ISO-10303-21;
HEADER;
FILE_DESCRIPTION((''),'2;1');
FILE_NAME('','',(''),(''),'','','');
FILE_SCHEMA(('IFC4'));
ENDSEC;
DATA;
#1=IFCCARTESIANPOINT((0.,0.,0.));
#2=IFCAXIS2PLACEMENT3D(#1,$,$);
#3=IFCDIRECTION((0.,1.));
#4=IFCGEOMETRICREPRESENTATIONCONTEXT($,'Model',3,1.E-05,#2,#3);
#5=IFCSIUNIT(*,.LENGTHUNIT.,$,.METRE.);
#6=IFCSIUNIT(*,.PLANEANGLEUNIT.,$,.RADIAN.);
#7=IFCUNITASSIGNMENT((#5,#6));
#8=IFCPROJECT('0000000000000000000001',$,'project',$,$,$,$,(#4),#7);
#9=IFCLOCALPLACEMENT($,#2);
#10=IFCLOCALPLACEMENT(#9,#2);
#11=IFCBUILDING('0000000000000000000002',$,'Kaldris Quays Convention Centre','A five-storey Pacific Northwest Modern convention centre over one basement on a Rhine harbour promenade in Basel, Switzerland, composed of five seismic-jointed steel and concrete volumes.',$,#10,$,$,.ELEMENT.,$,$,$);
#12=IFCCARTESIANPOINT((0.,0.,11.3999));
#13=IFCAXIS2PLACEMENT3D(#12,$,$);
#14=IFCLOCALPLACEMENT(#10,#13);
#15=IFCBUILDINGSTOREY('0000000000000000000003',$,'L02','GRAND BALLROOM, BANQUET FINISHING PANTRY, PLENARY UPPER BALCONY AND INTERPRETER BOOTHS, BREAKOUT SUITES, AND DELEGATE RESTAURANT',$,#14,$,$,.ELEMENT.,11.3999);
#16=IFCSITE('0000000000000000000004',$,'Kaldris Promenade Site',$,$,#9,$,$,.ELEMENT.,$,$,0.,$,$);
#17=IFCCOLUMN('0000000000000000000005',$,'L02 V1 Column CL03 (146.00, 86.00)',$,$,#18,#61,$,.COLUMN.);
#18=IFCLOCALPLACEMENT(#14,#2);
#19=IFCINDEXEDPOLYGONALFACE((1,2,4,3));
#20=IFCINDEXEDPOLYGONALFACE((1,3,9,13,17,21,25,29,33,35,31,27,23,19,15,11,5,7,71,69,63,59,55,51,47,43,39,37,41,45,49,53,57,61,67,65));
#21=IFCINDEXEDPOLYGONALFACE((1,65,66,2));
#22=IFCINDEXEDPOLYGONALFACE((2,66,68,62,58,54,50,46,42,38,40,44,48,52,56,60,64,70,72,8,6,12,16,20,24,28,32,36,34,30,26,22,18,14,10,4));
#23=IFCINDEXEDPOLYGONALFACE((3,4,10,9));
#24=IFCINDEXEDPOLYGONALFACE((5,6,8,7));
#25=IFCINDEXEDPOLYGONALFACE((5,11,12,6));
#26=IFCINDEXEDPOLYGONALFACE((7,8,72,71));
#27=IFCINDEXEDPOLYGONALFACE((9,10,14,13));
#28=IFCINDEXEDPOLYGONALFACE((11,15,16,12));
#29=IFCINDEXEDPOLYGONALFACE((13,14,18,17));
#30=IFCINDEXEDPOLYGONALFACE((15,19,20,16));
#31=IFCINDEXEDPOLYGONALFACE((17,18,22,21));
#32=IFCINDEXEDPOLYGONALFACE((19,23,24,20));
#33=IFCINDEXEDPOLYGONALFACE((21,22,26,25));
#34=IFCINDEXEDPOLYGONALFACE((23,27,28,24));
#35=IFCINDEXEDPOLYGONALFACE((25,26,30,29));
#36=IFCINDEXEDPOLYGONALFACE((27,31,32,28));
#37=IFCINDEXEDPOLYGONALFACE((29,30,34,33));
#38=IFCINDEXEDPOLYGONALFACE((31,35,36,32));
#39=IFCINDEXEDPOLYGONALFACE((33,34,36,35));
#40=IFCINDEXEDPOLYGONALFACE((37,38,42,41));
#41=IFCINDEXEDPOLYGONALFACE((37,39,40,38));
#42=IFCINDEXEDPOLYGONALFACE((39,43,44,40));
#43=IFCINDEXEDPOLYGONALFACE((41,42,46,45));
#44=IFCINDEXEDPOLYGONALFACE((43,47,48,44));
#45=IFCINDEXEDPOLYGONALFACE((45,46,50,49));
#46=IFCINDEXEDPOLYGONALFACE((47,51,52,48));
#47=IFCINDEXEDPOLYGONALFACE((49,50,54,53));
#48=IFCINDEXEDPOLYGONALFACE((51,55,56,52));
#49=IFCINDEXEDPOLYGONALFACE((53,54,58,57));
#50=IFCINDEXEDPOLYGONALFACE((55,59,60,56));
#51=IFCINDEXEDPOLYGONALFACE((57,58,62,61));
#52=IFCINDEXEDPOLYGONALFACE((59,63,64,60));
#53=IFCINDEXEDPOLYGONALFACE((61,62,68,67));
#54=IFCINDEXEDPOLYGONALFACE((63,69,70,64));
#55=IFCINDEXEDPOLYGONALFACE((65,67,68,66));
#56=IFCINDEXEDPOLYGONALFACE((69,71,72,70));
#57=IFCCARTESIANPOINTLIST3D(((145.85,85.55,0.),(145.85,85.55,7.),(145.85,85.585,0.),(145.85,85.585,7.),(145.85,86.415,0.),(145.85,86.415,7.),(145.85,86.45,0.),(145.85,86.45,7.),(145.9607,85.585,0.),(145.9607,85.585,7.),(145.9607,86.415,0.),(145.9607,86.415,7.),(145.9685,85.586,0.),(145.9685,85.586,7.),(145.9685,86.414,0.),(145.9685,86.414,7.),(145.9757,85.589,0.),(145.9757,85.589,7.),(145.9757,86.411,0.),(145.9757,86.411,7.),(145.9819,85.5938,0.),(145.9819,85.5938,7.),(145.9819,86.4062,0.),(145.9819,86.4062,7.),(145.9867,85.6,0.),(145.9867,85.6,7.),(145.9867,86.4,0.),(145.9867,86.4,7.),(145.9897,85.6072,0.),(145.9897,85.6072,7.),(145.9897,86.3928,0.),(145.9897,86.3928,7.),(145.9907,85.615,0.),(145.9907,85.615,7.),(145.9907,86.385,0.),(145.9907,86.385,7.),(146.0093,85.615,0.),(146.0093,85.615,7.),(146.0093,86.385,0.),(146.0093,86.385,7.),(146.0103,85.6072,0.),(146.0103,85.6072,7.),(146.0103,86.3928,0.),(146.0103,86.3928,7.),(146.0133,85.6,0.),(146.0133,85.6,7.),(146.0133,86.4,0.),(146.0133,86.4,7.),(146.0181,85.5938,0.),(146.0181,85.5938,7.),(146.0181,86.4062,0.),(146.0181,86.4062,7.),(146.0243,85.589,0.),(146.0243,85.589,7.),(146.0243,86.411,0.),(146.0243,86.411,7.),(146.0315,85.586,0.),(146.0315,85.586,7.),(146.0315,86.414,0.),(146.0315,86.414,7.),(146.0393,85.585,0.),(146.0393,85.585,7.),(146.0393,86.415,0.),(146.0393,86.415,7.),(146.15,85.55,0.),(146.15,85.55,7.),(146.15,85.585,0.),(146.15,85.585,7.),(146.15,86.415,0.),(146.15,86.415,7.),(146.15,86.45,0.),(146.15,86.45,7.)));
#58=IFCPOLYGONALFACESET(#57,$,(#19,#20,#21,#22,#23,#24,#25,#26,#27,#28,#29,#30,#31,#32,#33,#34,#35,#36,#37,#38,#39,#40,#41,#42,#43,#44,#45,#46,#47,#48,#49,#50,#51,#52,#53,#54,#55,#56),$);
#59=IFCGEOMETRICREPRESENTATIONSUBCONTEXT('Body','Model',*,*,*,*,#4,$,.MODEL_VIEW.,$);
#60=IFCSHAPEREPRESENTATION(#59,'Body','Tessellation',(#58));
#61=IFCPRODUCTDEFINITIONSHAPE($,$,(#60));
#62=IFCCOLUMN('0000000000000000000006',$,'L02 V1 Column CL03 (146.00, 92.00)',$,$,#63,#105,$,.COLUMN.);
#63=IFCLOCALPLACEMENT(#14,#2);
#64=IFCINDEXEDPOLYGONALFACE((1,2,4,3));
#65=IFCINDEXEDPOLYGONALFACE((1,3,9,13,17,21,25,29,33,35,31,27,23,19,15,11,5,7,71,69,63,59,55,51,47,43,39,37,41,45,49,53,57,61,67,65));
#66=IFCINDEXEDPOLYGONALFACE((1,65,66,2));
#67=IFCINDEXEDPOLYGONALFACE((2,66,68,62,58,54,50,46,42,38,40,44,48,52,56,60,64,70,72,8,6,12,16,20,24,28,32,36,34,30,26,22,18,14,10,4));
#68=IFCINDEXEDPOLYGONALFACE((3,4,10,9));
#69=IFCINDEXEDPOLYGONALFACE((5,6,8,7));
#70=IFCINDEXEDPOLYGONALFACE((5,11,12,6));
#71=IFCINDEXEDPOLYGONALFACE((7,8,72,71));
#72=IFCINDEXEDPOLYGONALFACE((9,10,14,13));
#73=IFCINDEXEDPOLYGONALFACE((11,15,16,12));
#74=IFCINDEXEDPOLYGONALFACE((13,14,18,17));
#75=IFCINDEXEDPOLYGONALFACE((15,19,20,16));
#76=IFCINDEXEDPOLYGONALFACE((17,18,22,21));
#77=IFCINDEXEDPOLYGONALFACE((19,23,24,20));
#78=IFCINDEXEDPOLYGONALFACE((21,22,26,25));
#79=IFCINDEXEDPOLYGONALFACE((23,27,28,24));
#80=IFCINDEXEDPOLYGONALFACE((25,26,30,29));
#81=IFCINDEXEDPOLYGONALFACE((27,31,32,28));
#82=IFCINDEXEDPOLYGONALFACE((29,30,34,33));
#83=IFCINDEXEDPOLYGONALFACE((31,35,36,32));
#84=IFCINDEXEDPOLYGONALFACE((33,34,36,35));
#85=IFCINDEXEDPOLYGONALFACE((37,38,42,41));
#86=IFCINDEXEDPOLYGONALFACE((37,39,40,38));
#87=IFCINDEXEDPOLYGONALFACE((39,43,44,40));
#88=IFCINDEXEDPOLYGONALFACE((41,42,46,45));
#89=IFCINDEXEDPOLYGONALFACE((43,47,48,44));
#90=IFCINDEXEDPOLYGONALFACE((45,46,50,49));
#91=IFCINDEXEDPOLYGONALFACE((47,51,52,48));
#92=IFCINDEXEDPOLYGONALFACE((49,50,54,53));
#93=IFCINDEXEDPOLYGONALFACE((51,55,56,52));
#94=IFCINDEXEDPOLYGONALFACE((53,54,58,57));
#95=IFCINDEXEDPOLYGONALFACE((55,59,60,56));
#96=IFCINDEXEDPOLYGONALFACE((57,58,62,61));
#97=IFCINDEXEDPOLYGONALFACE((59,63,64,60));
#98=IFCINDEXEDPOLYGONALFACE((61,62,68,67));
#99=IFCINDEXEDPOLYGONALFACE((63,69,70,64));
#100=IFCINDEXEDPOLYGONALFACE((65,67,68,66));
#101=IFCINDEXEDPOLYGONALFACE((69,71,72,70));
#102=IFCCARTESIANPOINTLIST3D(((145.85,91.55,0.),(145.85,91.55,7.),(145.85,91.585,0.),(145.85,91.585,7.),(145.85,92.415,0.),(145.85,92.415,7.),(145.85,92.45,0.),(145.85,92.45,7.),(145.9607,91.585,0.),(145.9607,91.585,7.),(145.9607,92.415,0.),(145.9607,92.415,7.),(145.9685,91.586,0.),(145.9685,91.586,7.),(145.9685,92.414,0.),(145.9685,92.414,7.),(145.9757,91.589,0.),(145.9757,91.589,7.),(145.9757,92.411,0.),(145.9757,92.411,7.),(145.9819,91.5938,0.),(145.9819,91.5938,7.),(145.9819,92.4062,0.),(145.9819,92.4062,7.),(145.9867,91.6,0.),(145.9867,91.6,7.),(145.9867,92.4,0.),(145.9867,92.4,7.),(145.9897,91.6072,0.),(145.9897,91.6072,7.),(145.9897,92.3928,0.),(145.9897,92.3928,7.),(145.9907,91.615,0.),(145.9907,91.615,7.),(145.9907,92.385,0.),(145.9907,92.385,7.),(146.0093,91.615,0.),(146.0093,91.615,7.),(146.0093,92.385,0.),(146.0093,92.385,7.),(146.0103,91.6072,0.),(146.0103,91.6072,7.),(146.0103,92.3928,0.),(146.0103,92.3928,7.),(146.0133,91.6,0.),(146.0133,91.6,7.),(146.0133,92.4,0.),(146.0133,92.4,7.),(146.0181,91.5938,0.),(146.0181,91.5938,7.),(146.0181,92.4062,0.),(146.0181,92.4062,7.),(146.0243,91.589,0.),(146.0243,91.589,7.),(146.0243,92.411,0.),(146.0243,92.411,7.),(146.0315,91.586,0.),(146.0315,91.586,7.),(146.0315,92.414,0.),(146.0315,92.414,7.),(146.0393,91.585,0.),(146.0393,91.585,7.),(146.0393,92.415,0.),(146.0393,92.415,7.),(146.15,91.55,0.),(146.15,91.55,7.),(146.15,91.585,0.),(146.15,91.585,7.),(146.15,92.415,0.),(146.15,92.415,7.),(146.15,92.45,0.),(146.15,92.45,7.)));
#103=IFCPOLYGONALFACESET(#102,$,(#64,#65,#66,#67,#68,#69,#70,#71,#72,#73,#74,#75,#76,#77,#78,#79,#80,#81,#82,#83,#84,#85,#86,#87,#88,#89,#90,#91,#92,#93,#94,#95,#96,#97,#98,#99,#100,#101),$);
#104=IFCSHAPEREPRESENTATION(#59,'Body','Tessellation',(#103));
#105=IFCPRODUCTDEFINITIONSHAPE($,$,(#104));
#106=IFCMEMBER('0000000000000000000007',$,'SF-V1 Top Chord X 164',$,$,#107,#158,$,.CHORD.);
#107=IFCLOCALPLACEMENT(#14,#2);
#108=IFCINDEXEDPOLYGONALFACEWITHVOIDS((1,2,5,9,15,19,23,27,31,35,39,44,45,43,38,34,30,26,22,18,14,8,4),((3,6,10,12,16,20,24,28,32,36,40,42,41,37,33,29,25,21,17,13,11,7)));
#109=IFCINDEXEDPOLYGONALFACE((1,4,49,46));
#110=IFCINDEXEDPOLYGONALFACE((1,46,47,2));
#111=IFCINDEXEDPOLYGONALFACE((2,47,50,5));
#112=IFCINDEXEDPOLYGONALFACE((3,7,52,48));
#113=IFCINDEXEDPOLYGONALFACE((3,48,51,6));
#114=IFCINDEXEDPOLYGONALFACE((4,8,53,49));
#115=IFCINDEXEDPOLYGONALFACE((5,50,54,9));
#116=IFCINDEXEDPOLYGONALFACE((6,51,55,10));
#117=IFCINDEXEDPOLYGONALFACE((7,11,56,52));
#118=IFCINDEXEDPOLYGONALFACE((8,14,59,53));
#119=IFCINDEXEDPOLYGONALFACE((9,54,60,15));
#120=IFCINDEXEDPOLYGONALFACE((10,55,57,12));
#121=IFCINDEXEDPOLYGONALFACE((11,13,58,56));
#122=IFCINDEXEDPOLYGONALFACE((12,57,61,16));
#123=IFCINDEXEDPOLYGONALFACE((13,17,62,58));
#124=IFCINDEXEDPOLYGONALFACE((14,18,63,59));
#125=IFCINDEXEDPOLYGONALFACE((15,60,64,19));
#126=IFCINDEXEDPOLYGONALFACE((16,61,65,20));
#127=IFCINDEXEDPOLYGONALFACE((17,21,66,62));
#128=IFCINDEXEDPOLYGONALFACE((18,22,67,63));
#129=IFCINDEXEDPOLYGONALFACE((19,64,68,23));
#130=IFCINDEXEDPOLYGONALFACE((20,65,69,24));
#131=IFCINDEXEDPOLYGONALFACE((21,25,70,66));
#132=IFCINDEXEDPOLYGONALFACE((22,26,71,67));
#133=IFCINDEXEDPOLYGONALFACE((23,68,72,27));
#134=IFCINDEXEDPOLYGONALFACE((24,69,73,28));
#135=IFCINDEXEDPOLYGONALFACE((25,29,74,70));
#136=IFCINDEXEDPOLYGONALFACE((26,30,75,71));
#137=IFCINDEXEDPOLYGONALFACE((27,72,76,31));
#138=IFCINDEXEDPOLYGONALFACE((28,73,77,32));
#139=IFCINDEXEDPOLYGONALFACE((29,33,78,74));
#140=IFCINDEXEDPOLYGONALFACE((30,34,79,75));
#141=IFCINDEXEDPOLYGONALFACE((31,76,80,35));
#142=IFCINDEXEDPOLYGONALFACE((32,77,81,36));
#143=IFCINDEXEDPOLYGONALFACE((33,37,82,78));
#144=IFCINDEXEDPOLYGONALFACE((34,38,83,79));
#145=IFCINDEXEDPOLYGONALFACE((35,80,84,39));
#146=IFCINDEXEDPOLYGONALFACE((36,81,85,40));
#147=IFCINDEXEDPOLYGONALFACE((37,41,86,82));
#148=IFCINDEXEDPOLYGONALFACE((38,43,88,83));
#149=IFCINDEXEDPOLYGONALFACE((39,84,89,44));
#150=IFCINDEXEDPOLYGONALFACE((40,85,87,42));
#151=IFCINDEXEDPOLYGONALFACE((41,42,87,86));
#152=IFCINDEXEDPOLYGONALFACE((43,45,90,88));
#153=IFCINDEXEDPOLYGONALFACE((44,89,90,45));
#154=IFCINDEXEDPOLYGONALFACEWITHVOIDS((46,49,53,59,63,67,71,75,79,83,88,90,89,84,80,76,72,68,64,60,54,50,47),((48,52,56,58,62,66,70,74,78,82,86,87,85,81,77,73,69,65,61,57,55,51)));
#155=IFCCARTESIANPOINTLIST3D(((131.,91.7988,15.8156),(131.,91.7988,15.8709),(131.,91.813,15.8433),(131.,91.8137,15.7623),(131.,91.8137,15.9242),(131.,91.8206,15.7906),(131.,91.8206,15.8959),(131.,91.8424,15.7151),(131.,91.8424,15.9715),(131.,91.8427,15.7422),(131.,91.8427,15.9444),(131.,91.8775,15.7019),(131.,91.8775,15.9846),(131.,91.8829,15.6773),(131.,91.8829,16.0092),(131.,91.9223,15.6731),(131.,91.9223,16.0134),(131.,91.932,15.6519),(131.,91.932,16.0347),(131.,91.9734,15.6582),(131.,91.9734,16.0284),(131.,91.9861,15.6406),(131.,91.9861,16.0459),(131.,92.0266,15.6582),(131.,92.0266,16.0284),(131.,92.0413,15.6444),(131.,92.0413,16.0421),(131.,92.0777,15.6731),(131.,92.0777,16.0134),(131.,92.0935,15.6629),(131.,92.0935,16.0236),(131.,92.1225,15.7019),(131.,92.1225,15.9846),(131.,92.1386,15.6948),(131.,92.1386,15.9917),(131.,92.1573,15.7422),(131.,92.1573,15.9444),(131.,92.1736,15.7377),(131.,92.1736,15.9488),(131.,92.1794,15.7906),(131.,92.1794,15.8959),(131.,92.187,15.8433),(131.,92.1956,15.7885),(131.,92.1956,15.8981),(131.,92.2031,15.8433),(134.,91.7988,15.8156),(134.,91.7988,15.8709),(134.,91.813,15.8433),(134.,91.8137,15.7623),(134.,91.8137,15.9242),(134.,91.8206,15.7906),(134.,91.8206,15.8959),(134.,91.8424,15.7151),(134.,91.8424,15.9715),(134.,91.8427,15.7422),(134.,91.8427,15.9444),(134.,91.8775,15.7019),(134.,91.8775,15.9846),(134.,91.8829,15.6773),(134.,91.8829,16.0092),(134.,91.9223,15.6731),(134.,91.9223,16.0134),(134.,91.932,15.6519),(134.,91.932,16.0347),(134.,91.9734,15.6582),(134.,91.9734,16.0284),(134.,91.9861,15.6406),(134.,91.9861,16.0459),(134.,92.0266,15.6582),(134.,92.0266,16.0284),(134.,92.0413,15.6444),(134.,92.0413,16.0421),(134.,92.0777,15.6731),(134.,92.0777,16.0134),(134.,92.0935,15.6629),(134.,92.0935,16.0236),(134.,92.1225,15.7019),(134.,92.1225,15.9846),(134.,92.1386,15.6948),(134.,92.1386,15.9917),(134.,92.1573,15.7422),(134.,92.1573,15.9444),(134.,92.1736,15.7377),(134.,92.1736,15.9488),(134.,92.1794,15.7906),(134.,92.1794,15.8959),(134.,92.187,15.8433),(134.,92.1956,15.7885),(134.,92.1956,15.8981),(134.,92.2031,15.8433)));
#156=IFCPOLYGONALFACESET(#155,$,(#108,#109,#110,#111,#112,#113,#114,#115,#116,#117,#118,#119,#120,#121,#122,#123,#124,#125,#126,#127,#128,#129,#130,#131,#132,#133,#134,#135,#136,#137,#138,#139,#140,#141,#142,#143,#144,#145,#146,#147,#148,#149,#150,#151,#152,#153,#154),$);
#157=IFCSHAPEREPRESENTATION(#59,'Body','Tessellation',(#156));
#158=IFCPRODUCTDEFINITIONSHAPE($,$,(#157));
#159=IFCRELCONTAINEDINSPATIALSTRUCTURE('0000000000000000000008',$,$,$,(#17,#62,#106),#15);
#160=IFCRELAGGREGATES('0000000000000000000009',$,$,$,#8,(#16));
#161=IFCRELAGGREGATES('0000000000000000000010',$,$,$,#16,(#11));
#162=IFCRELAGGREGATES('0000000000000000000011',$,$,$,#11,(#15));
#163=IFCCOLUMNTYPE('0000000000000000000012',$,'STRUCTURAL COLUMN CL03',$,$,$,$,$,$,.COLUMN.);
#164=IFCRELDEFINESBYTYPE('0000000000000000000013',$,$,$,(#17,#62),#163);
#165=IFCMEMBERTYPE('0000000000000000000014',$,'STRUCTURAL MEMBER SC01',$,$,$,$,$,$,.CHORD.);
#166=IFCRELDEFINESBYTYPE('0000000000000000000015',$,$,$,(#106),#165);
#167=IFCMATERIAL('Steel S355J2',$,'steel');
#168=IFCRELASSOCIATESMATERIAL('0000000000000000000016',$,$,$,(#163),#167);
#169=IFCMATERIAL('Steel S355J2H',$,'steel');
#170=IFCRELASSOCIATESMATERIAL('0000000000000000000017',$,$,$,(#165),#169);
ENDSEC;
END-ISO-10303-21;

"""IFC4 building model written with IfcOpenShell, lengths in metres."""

from ifc_helpers import new_model, si_unit, direction, frame, origin, origin_2d, place, context, subcontext, project, spatial, hollow_circle, i_section, extrude, material, material_profile, profile_set, type_object, element, save


model = new_model("IFC4")

# Units and contexts
model_context = context("Model", 3, precision=1e-05, world=origin(), true_north=direction((0.0, 1.0)))
body_context = subcontext(model_context, "Body", "Model", "MODEL_VIEW")
ifc_project = project(units=[si_unit("LENGTHUNIT", "METRE"), si_unit("PLANEANGLEUNIT", "RADIAN")], contexts=[model_context])

# Site, building, storey
site_placement = place(None, origin())
site = spatial("IfcSite", under=ifc_project, at=site_placement, Name="Kaldris Promenade Site", CompositionType="ELEMENT", RefElevation=0.0)
building_placement = place(site_placement, origin())
building = spatial("IfcBuilding", under=site, at=building_placement, Name="Kaldris Quays Convention Centre", Description="A five-storey Pacific Northwest Modern convention centre over one basement on a Rhine harbour promenade in Basel, Switzerland, composed of five seismic-jointed steel and concrete volumes.", CompositionType="ELEMENT")
storey_placement = place(building_placement, frame((0.0, 0.0, 11.3999)))
storey = spatial("IfcBuildingStorey", under=building, at=storey_placement, Name="L02", Description="GRAND BALLROOM, BANQUET FINISHING PANTRY, PLENARY UPPER BALCONY AND INTERPRETER BOOTHS, BREAKOUT SUITES, AND DELEGATE RESTAURANT", CompositionType="ELEMENT", Elevation=11.3999)

# Columns
ifc_material_1 = material(Name="Steel S355J2", Category="steel")
ifc_material_profile_1 = material_profile(ifc_material_1, i_section(OverallWidth=0.3, OverallDepth=0.8999, WebThickness=0.0186, FlangeThickness=0.0349, FilletRadius=0.03, at=origin_2d()), Name="HEB 900")
ifc_profile_set_1 = profile_set([ifc_material_profile_1], Name="Steel S355J2")
column_type = type_object("IfcColumnType", Name="STRUCTURAL COLUMN CL03", PredefinedType="COLUMN", material=ifc_profile_set_1)
for number, where, z_axis, x_axis, name in (
    (1, (146.0, 86.0, 0.0), (0.0, 0.0, 1.0), (1.0, 0.0, 0.0), "L02 V1 Column CL03 (146.00, 86.00)"),
    (2, (146.0, 92.0, 0.0), (0.0, 0.0, 1.0), (1.0, 0.0, 0.0), "L02 V1 Column CL03 (146.00, 92.00)"),
):
    element("IfcColumn", number, at=place(storey_placement, frame(where, z_axis=z_axis, x_axis=x_axis)), inside=storey, type_object=column_type, Name=name, PredefinedType="COLUMN", context=body_context, shape_type="SweptSolid", body=[
        extrude(i_section(OverallWidth=0.3, OverallDepth=0.8999, WebThickness=0.0186, FlangeThickness=0.0349, FilletRadius=0.03, at=origin_2d()), origin(), (0.0, 0.0, 1.0), 7.0),
    ])

# Member
ifc_material_2 = material(Name="Steel S355J2H", Category="steel")
ifc_material_profile_2 = material_profile(ifc_material_2, hollow_circle(Radius=0.2031, WallThickness=0.0161, at=origin_2d()), Name="CHS 406.4x16")
ifc_profile_set_2 = profile_set([ifc_material_profile_2], Name="Steel S355J2H")
member_type_1 = type_object("IfcMemberType", Name="STRUCTURAL MEMBER SC01", PredefinedType="CHORD", material=ifc_profile_set_2)
for number, where, z_axis, x_axis, name in (
    (3, (131.0, 92.0, 15.8433), (1.0, 0.0, 0.0), (0.0, 1.0, 0.0), "SF-V1 Top Chord X 164"),
):
    element("IfcMember", number, at=place(storey_placement, frame(where, z_axis=z_axis, x_axis=x_axis)), inside=storey, type_object=member_type_1, Name=name, PredefinedType="CHORD", context=body_context, shape_type="SweptSolid", body=[
        extrude(hollow_circle(Radius=0.2031, WallThickness=0.0161, at=origin_2d()), origin(), (0.0, 0.0, 1.0), 3.0),
    ])

save(model, "model.ifc")
